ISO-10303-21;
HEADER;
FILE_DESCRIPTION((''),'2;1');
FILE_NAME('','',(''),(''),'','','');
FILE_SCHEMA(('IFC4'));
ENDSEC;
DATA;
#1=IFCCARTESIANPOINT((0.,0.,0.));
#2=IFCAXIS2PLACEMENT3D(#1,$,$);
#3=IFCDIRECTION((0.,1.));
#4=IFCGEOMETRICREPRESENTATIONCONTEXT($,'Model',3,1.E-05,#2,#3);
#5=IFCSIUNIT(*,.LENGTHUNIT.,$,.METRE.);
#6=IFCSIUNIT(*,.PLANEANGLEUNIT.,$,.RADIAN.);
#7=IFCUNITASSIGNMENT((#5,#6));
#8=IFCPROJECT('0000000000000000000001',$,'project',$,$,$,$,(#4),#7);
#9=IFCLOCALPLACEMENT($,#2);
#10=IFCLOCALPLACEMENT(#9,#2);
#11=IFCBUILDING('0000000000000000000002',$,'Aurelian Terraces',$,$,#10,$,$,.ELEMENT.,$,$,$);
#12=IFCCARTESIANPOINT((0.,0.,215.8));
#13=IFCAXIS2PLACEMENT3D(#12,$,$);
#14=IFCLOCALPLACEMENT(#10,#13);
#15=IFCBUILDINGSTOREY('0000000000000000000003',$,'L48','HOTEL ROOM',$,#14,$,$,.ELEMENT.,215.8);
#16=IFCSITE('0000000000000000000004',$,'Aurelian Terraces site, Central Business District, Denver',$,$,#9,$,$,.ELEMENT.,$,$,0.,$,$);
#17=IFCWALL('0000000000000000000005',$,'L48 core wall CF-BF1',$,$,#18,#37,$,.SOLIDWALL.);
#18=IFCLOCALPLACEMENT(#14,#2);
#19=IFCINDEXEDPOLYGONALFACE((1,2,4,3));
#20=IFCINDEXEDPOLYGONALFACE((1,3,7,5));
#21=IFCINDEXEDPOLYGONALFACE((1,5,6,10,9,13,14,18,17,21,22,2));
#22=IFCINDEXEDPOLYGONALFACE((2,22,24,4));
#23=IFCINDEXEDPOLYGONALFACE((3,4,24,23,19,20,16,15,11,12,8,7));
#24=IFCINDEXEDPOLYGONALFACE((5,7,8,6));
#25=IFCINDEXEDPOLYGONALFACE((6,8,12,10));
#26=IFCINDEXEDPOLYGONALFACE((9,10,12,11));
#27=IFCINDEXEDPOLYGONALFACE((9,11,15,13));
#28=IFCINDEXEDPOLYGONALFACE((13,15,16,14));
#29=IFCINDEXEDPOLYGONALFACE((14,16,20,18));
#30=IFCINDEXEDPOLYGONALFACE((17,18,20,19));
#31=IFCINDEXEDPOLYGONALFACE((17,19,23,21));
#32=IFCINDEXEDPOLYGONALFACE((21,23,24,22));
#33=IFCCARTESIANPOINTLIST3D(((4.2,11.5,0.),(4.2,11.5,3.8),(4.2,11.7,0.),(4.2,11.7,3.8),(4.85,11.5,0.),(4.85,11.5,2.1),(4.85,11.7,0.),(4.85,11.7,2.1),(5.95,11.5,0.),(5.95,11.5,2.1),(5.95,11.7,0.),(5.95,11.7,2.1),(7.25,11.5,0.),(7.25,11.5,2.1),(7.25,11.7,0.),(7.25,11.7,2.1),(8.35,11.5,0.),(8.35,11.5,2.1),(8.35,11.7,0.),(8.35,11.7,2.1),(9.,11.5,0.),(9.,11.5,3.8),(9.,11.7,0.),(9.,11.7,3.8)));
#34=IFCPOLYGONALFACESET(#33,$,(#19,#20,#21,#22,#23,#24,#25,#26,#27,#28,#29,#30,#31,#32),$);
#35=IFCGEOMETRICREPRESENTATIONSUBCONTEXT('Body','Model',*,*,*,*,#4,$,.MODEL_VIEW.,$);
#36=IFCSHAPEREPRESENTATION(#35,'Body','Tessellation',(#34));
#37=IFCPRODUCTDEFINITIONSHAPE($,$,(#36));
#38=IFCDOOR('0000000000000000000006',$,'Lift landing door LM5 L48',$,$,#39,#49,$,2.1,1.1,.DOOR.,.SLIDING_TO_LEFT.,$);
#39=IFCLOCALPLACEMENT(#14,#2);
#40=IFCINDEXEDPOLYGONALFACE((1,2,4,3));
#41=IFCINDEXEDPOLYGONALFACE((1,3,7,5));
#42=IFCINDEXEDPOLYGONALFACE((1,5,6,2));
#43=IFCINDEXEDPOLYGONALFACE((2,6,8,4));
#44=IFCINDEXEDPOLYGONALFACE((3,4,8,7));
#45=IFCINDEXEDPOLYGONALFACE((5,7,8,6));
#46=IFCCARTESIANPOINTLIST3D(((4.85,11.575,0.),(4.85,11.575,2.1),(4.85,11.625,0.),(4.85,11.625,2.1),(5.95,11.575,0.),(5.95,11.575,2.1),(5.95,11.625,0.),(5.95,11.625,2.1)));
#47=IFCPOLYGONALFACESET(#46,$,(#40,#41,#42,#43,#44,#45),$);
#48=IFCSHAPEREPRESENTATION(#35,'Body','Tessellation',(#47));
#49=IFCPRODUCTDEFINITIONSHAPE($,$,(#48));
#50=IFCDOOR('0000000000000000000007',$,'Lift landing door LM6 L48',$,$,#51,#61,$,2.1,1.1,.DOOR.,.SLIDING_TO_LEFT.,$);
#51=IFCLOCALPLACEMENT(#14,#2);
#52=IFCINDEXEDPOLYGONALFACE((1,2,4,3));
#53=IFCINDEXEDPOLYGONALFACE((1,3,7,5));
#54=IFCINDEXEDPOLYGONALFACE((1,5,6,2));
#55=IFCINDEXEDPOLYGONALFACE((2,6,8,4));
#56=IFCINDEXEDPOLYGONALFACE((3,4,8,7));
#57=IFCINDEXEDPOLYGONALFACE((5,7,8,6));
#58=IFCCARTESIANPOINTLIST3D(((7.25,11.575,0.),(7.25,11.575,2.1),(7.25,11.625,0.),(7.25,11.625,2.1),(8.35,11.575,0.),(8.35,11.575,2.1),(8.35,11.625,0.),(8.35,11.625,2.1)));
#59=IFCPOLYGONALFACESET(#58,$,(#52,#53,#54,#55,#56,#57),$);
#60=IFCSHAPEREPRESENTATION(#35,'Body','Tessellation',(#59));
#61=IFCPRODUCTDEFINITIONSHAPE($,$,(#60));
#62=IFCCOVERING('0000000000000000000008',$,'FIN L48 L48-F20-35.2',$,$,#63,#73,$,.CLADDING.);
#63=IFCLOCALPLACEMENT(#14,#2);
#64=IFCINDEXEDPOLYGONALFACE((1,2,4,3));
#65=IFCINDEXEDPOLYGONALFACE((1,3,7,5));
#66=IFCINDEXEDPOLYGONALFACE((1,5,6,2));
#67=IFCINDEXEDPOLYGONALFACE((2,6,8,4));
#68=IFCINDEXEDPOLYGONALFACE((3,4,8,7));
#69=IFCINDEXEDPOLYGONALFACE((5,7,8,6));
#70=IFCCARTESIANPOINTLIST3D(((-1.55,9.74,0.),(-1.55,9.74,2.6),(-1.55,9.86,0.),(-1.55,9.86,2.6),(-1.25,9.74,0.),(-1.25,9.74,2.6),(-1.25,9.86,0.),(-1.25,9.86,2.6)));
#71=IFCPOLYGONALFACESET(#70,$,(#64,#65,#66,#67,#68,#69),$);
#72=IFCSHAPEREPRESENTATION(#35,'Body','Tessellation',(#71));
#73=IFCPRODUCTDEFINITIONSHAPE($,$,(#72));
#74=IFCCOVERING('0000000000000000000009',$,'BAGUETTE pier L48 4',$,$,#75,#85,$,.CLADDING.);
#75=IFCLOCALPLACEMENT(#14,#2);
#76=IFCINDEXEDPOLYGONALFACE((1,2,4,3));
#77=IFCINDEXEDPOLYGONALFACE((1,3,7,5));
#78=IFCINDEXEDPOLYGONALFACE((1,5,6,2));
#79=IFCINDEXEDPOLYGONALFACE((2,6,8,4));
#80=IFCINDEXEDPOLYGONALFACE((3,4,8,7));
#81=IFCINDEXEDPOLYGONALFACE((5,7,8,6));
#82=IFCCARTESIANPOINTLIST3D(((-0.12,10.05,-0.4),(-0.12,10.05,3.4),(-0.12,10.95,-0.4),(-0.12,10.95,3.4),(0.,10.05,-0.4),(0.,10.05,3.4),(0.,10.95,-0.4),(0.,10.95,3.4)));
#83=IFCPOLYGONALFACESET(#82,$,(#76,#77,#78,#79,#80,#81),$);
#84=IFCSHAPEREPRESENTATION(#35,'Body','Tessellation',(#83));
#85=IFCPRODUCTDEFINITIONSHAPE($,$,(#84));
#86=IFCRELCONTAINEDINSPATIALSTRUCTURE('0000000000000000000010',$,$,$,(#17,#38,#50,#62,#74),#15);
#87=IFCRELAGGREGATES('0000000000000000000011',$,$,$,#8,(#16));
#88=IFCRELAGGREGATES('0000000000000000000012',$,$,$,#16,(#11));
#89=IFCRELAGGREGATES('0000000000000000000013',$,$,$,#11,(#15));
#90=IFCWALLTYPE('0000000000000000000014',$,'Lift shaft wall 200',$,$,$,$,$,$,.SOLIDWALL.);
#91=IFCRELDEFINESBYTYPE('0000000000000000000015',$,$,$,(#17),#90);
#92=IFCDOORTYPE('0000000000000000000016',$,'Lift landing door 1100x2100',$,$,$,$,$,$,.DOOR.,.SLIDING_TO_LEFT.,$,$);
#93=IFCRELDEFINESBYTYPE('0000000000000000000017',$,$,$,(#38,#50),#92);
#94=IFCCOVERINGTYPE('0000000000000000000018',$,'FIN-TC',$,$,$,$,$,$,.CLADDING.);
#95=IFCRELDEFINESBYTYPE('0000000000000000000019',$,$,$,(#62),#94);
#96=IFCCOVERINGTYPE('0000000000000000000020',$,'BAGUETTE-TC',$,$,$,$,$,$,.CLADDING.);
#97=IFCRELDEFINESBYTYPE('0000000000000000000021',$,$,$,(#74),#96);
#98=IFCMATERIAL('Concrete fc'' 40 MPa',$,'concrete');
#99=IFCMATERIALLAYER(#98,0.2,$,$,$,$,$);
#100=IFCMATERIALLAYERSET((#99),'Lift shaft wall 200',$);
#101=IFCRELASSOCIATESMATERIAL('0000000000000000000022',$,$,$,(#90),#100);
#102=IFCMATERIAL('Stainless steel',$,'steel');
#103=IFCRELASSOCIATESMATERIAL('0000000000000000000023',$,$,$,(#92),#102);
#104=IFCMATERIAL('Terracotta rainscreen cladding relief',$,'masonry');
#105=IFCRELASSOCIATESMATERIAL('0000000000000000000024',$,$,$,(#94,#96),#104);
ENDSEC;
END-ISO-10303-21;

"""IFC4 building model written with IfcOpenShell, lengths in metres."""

from ifc_helpers import new_model, si_unit, direction, frame, frame_2d, origin, origin_2d, place, context, subcontext, project, spatial, rectangle, extrude, source, transform, mapped, material, layer, layer_set, type_object, element, fill, save


model = new_model("IFC4")

# Units and contexts
model_context = context("Model", 3, precision=1e-05, world=origin(), true_north=direction((0.0, 1.0)))
body_context = subcontext(model_context, "Body", "Model", "MODEL_VIEW")
ifc_project = project(units=[si_unit("LENGTHUNIT", "METRE"), si_unit("PLANEANGLEUNIT", "RADIAN")], contexts=[model_context])

# Site, building, storey
site_placement = place(None, origin())
site = spatial("IfcSite", under=ifc_project, at=site_placement, Name="Aurelian Terraces site, Central Business District, Denver", CompositionType="ELEMENT", RefElevation=0.0)
building_placement = place(site_placement, origin())
building = spatial("IfcBuilding", under=site, at=building_placement, Name="Aurelian Terraces", CompositionType="ELEMENT")
storey_placement = place(building_placement, frame((0.0, 0.0, 215.8)))
storey = spatial("IfcBuildingStorey", under=building, at=storey_placement, Name="L48", Description="HOTEL ROOM", CompositionType="ELEMENT", Elevation=215.8)

# Shared definitions
ifc_material_1 = material(Name="Concrete fc' 40 MPa", Category="concrete")

# Wall, openings, doors
ifc_layer_1 = layer(ifc_material_1, 0.2)
ifc_layer_set_1 = layer_set([ifc_layer_1], Name="Lift shaft wall 200")
wall_type_1 = type_object("IfcWallType", Name="Lift shaft wall 200", PredefinedType="SOLIDWALL", material=ifc_layer_set_1)
shared_shape_1 = source(origin(), body_context, "Body", "SweptSolid", [
    extrude(rectangle(XDim=1.1, YDim=2.1, at=frame_2d((0.55, 1.05))), frame((0.0, 0.11, 0.0), z_axis=(0.0, -1.0, 0.0), x_axis=(1.0, 0.0, 0.0)), (0.0, 0.0, 1.0), 0.22),
])
ifc_material_2 = material(Name="Stainless steel", Category="steel")
door_type = type_object("IfcDoorType", Name="Lift landing door 1100x2100", OperationType="SLIDING_TO_LEFT", PredefinedType="DOOR", material=ifc_material_2)
shared_shape_2 = source(origin(), body_context, "Body", "SweptSolid", [
    extrude(rectangle(XDim=1.1, YDim=2.1, at=frame_2d((0.55, 1.05))), frame((0.0, 0.025, 0.0), z_axis=(0.0, -1.0, 0.0), x_axis=(1.0, 0.0, 0.0)), (0.0, 0.0, 1.0), 0.05),
])
shared_shape_3 = source(origin(), body_context, "Body", "SweptSolid", [
    extrude(rectangle(XDim=4.8, YDim=0.2, at=frame_2d((2.4, 0.0))), origin(), (0.0, 0.0, 1.0), 3.8),
])
wall_1_placement = place(storey_placement, frame((4.2, 11.6, 0.0), z_axis=(0.0, 0.0, 1.0), x_axis=(1.0, 0.0, 0.0)))
wall_1 = element("IfcWall", 1, at=wall_1_placement, inside=storey, type_object=wall_type_1, Name="L48 core wall CF-BF1", PredefinedType="SOLIDWALL", context=body_context, shape_type="MappedRepresentation", body=[
    mapped(shared_shape_3, transform((0.0, 0.0, 0.0), scale=1.0)),
])
opening_1_placement = place(wall_1_placement, frame((0.65, 0.0, 0.0)))
opening_1 = element("IfcOpeningElement", 2, at=opening_1_placement, cuts=wall_1, PredefinedType="OPENING", context=body_context, shape_type="MappedRepresentation", body=[
    mapped(shared_shape_1, transform((0.0, 0.0, 0.0), scale=1.0)),
])
opening_2_placement = place(wall_1_placement, frame((3.05, 0.0, 0.0)))
opening_2 = element("IfcOpeningElement", 3, at=opening_2_placement, cuts=wall_1, PredefinedType="OPENING", context=body_context, shape_type="MappedRepresentation", body=[
    mapped(shared_shape_1, transform((0.0, 0.0, 0.0), scale=1.0)),
])
door_1_placement = place(opening_1_placement, origin())
door_1 = element("IfcDoor", 4, at=door_1_placement, inside=storey, type_object=door_type, Name="Lift landing door LM5 L48", OperationType="SLIDING_TO_LEFT", OverallHeight=2.1, OverallWidth=1.1, PredefinedType="DOOR", context=body_context, shape_type="MappedRepresentation", body=[
    mapped(shared_shape_2, transform((0.0, 0.0, 0.0), scale=1.0)),
])
fill(opening_1, door_1)
door_2_placement = place(opening_2_placement, origin())
door_2 = element("IfcDoor", 5, at=door_2_placement, inside=storey, type_object=door_type, Name="Lift landing door LM6 L48", OperationType="SLIDING_TO_LEFT", OverallHeight=2.1, OverallWidth=1.1, PredefinedType="DOOR", context=body_context, shape_type="MappedRepresentation", body=[
    mapped(shared_shape_2, transform((0.0, 0.0, 0.0), scale=1.0)),
])
fill(opening_2, door_2)

# Coverings
ifc_material_3 = material(Name="Terracotta rainscreen cladding relief", Category="masonry")
covering_type_1 = type_object("IfcCoveringType", Name="FIN-TC", PredefinedType="CLADDING", material=ifc_material_3)
shared_shape_4 = source(origin(), body_context, "Body", "SweptSolid", [
    extrude(rectangle(XDim=0.3, YDim=0.12, at=origin_2d()), origin(), (0.0, 0.0, 1.0), 2.6),
])
covering_1_placement = place(storey_placement, frame((-1.4, 9.8, 0.0), z_axis=(0.0, 0.0, 1.0), x_axis=(1.0, 0.0, 0.0)))
element("IfcCovering", 6, at=covering_1_placement, inside=storey, type_object=covering_type_1, Name="FIN L48 L48-F20-35.2", PredefinedType="CLADDING", context=body_context, shape_type="MappedRepresentation", body=[
    mapped(shared_shape_4, transform((0.0, 0.0, 0.0), scale=1.0)),
])
covering_type_2 = type_object("IfcCoveringType", Name="BAGUETTE-TC", PredefinedType="CLADDING", material=ifc_material_3)
shared_shape_5 = source(origin(), body_context, "Body", "SweptSolid", [
    extrude(rectangle(XDim=0.12, YDim=0.9, at=origin_2d()), origin(), (0.0, 0.0, 1.0), 3.8),
])
covering_2_placement = place(storey_placement, frame((-0.06, 10.5, -0.4), z_axis=(0.0, 0.0, 1.0), x_axis=(1.0, 0.0, 0.0)))
element("IfcCovering", 7, at=covering_2_placement, inside=storey, type_object=covering_type_2, Name="BAGUETTE pier L48 4", PredefinedType="CLADDING", context=body_context, shape_type="MappedRepresentation", body=[
    mapped(shared_shape_5, transform((0.0, 0.0, 0.0), scale=1.0)),
])

save(model, "model.ifc")
